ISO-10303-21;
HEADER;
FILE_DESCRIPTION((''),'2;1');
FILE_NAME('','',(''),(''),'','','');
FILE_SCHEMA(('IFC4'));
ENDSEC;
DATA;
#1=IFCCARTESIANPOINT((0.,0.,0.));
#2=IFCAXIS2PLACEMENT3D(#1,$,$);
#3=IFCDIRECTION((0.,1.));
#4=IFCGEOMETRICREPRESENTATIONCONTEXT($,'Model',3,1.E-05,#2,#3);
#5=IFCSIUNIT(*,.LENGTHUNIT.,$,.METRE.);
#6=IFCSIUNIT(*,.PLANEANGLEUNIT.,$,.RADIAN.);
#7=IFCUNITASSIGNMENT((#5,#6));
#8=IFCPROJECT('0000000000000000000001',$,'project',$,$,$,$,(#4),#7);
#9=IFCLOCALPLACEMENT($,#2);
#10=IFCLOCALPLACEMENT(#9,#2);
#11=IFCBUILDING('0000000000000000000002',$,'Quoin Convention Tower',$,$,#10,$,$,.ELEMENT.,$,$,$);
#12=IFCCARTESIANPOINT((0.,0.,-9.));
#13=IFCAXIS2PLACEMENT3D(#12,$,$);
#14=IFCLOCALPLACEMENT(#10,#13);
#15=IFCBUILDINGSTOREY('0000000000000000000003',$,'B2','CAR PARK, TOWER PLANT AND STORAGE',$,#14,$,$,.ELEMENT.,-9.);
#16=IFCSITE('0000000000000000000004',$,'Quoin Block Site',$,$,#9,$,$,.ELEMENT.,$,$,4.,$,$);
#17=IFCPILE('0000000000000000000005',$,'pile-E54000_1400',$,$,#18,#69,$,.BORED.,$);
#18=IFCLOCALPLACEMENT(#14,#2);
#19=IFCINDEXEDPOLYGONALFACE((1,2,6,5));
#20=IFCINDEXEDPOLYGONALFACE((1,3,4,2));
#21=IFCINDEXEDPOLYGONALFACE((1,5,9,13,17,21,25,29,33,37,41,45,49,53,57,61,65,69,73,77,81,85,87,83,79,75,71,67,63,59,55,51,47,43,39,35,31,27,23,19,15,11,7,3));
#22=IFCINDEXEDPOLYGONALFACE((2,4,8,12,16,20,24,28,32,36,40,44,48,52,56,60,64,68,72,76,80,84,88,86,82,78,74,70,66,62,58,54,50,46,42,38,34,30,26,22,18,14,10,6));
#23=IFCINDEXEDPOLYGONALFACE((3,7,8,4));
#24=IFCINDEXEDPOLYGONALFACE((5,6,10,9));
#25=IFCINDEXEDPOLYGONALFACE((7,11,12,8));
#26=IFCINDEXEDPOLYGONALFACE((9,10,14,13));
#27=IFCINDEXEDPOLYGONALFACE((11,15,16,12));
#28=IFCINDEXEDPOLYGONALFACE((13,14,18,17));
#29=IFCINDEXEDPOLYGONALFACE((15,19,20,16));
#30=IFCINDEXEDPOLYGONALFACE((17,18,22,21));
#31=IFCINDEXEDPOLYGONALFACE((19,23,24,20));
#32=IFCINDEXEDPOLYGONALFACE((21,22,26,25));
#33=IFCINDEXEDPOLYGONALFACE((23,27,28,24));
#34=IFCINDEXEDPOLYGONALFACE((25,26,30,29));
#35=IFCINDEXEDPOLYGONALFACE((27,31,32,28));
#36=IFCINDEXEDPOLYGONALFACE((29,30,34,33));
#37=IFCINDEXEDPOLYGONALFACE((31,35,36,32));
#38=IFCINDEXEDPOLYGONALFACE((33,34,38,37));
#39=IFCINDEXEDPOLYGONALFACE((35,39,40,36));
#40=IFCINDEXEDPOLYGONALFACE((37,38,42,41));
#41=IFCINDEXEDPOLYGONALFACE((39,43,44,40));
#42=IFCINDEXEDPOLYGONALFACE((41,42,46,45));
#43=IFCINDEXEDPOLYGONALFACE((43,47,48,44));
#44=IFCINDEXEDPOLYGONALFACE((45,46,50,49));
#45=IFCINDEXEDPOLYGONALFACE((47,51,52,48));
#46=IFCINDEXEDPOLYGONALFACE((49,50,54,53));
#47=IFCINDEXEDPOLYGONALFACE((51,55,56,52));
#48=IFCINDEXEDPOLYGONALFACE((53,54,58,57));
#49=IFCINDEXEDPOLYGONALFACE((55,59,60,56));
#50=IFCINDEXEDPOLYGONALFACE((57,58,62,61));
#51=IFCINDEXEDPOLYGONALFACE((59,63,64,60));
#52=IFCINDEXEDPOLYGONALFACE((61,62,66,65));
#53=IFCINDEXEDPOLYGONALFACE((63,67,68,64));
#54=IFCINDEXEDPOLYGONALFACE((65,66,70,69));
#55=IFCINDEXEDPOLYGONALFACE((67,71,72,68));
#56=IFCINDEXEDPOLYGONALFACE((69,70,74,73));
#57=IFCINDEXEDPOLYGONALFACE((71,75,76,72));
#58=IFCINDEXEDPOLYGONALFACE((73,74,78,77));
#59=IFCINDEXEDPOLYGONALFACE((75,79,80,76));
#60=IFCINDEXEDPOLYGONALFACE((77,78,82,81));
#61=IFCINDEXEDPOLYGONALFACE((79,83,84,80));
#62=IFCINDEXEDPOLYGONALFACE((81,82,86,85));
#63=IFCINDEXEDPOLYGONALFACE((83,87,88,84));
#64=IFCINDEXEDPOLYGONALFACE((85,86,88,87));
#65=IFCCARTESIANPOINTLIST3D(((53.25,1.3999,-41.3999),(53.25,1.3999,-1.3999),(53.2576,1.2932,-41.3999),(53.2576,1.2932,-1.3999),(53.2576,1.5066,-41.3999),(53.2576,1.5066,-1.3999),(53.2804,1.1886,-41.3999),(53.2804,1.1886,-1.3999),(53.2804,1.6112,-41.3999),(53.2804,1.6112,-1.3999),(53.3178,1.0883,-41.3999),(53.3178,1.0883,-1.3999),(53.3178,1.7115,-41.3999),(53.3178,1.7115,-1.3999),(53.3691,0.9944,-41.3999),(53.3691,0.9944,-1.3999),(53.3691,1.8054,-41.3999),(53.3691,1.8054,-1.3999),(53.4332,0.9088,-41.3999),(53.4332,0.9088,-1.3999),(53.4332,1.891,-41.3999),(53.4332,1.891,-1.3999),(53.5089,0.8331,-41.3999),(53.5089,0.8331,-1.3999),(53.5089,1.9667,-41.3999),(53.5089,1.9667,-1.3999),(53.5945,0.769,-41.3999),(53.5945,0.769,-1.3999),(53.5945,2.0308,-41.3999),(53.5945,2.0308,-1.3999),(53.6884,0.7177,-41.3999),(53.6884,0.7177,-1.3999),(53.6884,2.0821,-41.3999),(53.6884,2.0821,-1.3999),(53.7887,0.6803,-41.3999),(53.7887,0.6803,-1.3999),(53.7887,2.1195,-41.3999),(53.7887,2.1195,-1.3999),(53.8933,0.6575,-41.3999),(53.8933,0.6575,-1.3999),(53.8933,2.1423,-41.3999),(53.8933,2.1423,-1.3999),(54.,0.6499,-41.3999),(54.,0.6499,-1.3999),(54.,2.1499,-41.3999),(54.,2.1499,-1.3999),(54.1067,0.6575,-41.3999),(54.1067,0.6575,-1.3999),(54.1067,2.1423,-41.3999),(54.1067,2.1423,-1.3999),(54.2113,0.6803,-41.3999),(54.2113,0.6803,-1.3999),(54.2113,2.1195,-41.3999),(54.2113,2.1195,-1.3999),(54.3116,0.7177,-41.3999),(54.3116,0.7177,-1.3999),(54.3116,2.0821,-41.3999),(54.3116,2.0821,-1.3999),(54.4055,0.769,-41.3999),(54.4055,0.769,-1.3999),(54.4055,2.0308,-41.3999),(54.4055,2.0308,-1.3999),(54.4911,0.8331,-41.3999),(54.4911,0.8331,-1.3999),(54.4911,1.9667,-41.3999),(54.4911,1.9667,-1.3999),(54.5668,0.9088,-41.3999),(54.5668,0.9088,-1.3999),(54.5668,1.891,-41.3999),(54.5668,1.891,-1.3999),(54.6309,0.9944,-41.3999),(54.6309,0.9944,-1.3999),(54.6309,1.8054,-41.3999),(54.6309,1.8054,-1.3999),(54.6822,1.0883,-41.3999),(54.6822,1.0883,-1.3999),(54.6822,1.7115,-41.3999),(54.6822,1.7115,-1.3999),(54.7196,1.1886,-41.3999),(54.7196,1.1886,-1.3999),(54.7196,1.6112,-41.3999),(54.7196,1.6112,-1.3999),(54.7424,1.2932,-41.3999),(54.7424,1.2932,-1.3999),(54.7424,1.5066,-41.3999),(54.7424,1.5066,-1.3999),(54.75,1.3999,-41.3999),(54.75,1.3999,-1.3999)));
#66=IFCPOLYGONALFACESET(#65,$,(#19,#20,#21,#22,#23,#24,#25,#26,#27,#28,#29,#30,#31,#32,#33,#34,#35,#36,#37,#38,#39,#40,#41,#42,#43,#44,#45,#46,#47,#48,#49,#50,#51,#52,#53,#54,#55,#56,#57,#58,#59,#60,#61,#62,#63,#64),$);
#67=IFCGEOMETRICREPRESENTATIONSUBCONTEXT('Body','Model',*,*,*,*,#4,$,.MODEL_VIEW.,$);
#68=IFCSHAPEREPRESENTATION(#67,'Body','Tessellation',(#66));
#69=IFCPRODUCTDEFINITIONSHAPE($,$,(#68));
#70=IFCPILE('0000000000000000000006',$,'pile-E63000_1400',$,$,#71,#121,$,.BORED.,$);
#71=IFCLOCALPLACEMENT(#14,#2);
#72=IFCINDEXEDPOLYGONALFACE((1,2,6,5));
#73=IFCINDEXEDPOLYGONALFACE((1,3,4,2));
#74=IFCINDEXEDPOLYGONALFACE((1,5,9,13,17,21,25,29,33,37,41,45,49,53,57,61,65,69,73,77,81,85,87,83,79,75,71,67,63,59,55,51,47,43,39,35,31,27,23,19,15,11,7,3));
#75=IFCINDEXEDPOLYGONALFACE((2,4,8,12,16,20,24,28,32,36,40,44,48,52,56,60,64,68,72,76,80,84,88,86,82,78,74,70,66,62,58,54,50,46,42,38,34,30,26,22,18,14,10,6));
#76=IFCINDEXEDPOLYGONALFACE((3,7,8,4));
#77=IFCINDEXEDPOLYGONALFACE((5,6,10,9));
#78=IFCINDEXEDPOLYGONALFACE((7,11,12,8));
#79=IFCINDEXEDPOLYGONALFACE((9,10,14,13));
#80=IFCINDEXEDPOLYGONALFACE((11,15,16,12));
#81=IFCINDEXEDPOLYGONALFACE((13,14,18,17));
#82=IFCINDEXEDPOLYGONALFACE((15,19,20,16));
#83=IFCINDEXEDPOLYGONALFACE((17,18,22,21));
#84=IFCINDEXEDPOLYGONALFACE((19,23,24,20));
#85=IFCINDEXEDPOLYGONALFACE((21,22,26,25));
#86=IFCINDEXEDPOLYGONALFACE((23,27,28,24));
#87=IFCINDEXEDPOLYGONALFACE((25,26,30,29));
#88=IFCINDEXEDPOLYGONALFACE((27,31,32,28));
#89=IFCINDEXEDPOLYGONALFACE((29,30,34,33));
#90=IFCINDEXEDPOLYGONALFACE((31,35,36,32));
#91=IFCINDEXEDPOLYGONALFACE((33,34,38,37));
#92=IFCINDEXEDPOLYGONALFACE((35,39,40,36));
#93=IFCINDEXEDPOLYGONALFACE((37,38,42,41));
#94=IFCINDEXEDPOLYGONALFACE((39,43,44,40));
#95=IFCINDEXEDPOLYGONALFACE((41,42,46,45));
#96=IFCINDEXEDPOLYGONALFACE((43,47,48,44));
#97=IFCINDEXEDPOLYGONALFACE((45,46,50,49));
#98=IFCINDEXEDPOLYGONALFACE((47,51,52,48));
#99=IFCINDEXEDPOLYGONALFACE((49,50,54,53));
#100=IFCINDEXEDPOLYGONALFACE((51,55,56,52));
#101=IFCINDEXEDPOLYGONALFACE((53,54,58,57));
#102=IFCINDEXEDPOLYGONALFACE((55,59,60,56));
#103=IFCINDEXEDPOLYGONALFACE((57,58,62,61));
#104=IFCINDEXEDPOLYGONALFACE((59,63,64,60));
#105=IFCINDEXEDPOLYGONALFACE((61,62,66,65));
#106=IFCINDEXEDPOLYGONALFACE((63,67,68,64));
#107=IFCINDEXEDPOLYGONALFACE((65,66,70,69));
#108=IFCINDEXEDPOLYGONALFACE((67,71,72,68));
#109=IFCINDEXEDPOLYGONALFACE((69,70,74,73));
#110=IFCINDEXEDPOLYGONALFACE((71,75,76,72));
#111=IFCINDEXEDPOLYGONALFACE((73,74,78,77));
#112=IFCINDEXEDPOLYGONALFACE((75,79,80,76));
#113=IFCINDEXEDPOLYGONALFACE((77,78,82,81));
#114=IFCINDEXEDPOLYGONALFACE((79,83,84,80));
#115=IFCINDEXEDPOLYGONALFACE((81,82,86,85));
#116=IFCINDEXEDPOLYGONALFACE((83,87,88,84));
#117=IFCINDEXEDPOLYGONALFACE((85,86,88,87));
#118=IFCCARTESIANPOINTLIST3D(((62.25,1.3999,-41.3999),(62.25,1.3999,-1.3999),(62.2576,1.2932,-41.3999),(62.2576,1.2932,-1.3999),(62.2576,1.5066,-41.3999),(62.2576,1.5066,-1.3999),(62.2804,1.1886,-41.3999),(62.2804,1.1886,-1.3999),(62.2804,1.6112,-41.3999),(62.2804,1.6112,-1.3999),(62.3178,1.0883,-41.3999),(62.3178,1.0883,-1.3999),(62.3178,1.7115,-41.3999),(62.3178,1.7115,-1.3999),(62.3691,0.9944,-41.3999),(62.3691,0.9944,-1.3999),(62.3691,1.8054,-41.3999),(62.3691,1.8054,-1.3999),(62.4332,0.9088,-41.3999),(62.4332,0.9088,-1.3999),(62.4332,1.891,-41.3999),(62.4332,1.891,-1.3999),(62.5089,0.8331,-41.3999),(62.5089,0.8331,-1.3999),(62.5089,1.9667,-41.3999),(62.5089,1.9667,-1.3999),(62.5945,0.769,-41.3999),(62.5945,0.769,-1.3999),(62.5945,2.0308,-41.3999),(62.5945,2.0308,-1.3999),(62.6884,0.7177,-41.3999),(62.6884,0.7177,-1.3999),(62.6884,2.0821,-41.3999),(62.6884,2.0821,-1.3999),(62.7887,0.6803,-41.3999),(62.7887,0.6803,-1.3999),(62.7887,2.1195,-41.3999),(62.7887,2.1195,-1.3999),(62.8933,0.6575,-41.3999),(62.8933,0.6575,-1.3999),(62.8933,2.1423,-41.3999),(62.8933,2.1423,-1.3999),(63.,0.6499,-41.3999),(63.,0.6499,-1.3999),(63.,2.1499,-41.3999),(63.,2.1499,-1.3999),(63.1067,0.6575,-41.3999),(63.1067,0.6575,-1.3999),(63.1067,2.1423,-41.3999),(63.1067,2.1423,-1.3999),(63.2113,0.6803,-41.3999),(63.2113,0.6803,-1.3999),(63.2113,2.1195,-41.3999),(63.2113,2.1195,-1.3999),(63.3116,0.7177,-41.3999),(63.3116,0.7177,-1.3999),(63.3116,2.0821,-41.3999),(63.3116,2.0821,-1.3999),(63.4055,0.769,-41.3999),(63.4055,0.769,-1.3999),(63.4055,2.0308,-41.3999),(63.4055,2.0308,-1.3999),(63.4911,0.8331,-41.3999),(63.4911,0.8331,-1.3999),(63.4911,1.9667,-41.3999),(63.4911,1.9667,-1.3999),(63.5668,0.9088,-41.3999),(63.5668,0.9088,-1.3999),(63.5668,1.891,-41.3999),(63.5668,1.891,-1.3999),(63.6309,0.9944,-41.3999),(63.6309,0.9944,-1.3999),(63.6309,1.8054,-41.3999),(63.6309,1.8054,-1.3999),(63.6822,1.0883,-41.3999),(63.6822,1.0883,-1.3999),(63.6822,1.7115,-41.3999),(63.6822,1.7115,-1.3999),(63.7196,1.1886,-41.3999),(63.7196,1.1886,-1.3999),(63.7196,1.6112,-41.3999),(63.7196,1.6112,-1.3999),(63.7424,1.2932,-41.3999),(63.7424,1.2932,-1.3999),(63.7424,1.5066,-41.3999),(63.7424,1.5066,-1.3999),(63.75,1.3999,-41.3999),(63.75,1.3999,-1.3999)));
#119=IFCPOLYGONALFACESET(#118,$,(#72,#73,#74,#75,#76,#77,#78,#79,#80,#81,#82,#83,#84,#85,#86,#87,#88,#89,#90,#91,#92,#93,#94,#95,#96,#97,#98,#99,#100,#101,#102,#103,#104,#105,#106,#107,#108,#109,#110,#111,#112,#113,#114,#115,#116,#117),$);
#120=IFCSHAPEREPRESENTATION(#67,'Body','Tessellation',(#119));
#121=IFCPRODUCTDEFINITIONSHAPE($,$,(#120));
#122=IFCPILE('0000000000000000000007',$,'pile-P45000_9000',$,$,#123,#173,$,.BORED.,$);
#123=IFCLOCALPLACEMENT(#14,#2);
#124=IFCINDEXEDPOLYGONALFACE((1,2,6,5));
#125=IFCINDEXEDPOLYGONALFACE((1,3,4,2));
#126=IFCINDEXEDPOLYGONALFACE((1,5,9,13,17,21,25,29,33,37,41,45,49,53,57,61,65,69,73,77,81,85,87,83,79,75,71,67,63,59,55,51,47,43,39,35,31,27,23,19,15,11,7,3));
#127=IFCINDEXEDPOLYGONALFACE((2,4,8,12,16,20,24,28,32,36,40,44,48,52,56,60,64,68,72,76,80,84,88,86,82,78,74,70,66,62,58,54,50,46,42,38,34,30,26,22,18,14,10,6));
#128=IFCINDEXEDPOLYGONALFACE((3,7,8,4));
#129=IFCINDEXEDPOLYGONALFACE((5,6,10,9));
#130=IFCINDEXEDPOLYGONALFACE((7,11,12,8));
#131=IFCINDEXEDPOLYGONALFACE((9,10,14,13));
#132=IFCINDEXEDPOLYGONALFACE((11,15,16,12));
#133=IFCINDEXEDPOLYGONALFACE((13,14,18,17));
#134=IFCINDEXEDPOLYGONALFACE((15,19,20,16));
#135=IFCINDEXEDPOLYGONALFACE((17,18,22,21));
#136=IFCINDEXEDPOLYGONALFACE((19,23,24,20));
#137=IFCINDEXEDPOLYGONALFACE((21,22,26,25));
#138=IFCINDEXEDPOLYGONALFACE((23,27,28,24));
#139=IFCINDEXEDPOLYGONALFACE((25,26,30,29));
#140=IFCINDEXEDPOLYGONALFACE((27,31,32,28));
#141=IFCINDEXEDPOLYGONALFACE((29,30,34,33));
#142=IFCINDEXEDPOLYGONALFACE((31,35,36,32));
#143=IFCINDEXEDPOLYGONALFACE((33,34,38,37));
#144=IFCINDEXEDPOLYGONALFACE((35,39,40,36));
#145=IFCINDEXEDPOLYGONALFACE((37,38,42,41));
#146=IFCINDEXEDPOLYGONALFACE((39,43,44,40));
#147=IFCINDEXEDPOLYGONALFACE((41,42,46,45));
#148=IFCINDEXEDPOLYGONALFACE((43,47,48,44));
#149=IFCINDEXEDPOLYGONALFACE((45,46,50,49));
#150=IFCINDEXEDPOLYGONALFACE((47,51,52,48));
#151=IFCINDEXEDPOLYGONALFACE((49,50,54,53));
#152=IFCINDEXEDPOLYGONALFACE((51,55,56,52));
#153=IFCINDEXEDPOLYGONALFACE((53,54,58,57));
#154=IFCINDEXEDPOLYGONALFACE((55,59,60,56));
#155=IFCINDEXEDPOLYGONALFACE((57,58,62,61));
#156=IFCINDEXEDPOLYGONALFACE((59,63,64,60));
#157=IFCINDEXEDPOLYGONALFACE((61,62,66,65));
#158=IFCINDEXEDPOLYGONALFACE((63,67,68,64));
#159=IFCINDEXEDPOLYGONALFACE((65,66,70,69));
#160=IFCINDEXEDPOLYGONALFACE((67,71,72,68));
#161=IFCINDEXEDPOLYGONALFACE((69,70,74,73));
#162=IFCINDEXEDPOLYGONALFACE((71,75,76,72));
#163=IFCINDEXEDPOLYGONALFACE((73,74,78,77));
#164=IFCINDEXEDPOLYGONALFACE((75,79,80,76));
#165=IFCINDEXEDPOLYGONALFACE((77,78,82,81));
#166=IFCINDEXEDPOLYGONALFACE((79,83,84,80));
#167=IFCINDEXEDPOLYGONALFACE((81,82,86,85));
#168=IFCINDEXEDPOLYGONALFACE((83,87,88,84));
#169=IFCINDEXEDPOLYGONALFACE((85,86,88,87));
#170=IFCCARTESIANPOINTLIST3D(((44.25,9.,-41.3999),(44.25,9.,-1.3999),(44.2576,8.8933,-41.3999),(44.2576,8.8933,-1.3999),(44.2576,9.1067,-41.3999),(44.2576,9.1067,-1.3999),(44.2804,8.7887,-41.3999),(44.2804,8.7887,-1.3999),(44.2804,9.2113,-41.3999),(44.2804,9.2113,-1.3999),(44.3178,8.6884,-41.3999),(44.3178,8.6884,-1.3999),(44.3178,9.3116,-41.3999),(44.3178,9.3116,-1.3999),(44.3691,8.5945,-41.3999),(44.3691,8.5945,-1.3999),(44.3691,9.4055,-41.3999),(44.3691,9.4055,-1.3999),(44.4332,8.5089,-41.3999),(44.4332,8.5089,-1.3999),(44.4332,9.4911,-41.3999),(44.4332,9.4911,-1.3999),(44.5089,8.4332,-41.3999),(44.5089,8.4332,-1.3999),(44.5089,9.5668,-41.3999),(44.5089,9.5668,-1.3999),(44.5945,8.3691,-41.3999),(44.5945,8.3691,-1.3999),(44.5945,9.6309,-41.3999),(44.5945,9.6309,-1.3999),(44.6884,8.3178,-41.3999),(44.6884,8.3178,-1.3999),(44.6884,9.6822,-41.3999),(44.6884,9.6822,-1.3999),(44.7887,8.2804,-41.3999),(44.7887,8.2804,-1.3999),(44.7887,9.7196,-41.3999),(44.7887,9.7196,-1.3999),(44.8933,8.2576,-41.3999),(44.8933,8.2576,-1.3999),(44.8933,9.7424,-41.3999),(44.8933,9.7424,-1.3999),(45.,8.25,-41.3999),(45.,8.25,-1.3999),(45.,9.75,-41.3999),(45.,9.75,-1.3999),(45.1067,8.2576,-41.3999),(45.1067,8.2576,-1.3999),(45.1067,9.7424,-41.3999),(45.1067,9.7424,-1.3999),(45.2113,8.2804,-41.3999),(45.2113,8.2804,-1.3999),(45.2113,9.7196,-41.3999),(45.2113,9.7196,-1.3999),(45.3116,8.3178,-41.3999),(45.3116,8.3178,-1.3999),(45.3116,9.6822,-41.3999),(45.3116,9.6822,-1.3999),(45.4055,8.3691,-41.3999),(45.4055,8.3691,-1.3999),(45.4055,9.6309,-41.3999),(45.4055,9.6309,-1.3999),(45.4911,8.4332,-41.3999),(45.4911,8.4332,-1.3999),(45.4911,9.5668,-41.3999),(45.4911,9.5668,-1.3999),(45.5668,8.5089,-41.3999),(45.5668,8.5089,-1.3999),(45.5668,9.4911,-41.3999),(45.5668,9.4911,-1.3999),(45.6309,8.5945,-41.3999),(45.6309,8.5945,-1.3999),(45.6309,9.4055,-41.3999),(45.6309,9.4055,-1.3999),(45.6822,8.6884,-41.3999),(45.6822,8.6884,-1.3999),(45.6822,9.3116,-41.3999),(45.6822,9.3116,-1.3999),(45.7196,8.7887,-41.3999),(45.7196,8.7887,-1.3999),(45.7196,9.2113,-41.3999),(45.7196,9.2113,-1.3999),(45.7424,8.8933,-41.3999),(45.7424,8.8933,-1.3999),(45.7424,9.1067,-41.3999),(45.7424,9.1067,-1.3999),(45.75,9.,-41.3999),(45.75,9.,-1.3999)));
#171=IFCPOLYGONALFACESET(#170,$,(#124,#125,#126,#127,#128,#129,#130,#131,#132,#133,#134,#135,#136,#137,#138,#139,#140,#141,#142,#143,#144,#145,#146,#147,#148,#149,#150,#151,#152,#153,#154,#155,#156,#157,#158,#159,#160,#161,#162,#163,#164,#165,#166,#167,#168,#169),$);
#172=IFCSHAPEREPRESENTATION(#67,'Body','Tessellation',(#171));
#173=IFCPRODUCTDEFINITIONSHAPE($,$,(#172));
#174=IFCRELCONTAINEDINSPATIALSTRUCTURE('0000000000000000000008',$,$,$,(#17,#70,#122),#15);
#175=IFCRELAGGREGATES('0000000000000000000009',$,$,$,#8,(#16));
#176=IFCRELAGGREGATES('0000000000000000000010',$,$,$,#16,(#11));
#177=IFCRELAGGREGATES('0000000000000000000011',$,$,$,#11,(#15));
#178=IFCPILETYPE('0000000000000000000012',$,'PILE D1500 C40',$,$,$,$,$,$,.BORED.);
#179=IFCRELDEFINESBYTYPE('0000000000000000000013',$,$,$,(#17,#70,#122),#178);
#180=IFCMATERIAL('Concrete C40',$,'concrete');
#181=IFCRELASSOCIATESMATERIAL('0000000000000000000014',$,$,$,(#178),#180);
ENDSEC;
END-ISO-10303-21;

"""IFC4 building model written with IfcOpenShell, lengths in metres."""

from ifc_helpers import new_model, si_unit, direction, frame, origin, origin_2d, place, context, subcontext, project, spatial, circle, extrude, material, material_profile, profile_set, type_object, element, save


model = new_model("IFC4")

# Units and contexts
model_context = context("Model", 3, precision=1e-05, world=origin(), true_north=direction((0.0, 1.0)))
body_context = subcontext(model_context, "Body", "Model", "MODEL_VIEW")
ifc_project = project(units=[si_unit("LENGTHUNIT", "METRE"), si_unit("PLANEANGLEUNIT", "RADIAN")], contexts=[model_context])

# Site, building, storey
site_placement = place(None, origin())
site = spatial("IfcSite", under=ifc_project, at=site_placement, Name="Quoin Block Site", CompositionType="ELEMENT", RefElevation=4.0)
building_placement = place(site_placement, origin())
building = spatial("IfcBuilding", under=site, at=building_placement, Name="Quoin Convention Tower", CompositionType="ELEMENT")
storey_placement = place(building_placement, frame((0.0, 0.0, -9.0)))
storey = spatial("IfcBuildingStorey", under=building, at=storey_placement, Name="B2", Description="CAR PARK, TOWER PLANT AND STORAGE", CompositionType="ELEMENT", Elevation=-9.0)

# Piles
ifc_material_1 = material(Name="Concrete C40", Category="concrete")
ifc_material_profile_1 = material_profile(ifc_material_1, circle(Radius=0.75, at=origin_2d()), Name="D1500")
ifc_profile_set_1 = profile_set([ifc_material_profile_1], Name="Concrete C40")
pile_type = type_object("IfcPileType", Name="PILE D1500 C40", PredefinedType="BORED", material=ifc_profile_set_1)
for number, where, z_axis, x_axis, name in (
    (1, (54.0, 1.3999, -1.3999), (0.0, 0.0, -1.0), (1.0, 0.0, 0.0), "pile-E54000_1400"),
    (2, (63.0, 1.3999, -1.3999), (0.0, 0.0, -1.0), (1.0, 0.0, 0.0), "pile-E63000_1400"),
    (3, (45.0, 9.0, -1.3999), (0.0, 0.0, -1.0), (1.0, 0.0, 0.0), "pile-P45000_9000"),
):
    element("IfcPile", number, at=place(storey_placement, frame(where, z_axis=z_axis, x_axis=x_axis)), inside=storey, type_object=pile_type, Name=name, PredefinedType="BORED", context=body_context, shape_type="SweptSolid", body=[
        extrude(circle(Radius=0.75, at=origin_2d()), origin(), (0.0, 0.0, 1.0), 40.0),
    ])

save(model, "model.ifc")
